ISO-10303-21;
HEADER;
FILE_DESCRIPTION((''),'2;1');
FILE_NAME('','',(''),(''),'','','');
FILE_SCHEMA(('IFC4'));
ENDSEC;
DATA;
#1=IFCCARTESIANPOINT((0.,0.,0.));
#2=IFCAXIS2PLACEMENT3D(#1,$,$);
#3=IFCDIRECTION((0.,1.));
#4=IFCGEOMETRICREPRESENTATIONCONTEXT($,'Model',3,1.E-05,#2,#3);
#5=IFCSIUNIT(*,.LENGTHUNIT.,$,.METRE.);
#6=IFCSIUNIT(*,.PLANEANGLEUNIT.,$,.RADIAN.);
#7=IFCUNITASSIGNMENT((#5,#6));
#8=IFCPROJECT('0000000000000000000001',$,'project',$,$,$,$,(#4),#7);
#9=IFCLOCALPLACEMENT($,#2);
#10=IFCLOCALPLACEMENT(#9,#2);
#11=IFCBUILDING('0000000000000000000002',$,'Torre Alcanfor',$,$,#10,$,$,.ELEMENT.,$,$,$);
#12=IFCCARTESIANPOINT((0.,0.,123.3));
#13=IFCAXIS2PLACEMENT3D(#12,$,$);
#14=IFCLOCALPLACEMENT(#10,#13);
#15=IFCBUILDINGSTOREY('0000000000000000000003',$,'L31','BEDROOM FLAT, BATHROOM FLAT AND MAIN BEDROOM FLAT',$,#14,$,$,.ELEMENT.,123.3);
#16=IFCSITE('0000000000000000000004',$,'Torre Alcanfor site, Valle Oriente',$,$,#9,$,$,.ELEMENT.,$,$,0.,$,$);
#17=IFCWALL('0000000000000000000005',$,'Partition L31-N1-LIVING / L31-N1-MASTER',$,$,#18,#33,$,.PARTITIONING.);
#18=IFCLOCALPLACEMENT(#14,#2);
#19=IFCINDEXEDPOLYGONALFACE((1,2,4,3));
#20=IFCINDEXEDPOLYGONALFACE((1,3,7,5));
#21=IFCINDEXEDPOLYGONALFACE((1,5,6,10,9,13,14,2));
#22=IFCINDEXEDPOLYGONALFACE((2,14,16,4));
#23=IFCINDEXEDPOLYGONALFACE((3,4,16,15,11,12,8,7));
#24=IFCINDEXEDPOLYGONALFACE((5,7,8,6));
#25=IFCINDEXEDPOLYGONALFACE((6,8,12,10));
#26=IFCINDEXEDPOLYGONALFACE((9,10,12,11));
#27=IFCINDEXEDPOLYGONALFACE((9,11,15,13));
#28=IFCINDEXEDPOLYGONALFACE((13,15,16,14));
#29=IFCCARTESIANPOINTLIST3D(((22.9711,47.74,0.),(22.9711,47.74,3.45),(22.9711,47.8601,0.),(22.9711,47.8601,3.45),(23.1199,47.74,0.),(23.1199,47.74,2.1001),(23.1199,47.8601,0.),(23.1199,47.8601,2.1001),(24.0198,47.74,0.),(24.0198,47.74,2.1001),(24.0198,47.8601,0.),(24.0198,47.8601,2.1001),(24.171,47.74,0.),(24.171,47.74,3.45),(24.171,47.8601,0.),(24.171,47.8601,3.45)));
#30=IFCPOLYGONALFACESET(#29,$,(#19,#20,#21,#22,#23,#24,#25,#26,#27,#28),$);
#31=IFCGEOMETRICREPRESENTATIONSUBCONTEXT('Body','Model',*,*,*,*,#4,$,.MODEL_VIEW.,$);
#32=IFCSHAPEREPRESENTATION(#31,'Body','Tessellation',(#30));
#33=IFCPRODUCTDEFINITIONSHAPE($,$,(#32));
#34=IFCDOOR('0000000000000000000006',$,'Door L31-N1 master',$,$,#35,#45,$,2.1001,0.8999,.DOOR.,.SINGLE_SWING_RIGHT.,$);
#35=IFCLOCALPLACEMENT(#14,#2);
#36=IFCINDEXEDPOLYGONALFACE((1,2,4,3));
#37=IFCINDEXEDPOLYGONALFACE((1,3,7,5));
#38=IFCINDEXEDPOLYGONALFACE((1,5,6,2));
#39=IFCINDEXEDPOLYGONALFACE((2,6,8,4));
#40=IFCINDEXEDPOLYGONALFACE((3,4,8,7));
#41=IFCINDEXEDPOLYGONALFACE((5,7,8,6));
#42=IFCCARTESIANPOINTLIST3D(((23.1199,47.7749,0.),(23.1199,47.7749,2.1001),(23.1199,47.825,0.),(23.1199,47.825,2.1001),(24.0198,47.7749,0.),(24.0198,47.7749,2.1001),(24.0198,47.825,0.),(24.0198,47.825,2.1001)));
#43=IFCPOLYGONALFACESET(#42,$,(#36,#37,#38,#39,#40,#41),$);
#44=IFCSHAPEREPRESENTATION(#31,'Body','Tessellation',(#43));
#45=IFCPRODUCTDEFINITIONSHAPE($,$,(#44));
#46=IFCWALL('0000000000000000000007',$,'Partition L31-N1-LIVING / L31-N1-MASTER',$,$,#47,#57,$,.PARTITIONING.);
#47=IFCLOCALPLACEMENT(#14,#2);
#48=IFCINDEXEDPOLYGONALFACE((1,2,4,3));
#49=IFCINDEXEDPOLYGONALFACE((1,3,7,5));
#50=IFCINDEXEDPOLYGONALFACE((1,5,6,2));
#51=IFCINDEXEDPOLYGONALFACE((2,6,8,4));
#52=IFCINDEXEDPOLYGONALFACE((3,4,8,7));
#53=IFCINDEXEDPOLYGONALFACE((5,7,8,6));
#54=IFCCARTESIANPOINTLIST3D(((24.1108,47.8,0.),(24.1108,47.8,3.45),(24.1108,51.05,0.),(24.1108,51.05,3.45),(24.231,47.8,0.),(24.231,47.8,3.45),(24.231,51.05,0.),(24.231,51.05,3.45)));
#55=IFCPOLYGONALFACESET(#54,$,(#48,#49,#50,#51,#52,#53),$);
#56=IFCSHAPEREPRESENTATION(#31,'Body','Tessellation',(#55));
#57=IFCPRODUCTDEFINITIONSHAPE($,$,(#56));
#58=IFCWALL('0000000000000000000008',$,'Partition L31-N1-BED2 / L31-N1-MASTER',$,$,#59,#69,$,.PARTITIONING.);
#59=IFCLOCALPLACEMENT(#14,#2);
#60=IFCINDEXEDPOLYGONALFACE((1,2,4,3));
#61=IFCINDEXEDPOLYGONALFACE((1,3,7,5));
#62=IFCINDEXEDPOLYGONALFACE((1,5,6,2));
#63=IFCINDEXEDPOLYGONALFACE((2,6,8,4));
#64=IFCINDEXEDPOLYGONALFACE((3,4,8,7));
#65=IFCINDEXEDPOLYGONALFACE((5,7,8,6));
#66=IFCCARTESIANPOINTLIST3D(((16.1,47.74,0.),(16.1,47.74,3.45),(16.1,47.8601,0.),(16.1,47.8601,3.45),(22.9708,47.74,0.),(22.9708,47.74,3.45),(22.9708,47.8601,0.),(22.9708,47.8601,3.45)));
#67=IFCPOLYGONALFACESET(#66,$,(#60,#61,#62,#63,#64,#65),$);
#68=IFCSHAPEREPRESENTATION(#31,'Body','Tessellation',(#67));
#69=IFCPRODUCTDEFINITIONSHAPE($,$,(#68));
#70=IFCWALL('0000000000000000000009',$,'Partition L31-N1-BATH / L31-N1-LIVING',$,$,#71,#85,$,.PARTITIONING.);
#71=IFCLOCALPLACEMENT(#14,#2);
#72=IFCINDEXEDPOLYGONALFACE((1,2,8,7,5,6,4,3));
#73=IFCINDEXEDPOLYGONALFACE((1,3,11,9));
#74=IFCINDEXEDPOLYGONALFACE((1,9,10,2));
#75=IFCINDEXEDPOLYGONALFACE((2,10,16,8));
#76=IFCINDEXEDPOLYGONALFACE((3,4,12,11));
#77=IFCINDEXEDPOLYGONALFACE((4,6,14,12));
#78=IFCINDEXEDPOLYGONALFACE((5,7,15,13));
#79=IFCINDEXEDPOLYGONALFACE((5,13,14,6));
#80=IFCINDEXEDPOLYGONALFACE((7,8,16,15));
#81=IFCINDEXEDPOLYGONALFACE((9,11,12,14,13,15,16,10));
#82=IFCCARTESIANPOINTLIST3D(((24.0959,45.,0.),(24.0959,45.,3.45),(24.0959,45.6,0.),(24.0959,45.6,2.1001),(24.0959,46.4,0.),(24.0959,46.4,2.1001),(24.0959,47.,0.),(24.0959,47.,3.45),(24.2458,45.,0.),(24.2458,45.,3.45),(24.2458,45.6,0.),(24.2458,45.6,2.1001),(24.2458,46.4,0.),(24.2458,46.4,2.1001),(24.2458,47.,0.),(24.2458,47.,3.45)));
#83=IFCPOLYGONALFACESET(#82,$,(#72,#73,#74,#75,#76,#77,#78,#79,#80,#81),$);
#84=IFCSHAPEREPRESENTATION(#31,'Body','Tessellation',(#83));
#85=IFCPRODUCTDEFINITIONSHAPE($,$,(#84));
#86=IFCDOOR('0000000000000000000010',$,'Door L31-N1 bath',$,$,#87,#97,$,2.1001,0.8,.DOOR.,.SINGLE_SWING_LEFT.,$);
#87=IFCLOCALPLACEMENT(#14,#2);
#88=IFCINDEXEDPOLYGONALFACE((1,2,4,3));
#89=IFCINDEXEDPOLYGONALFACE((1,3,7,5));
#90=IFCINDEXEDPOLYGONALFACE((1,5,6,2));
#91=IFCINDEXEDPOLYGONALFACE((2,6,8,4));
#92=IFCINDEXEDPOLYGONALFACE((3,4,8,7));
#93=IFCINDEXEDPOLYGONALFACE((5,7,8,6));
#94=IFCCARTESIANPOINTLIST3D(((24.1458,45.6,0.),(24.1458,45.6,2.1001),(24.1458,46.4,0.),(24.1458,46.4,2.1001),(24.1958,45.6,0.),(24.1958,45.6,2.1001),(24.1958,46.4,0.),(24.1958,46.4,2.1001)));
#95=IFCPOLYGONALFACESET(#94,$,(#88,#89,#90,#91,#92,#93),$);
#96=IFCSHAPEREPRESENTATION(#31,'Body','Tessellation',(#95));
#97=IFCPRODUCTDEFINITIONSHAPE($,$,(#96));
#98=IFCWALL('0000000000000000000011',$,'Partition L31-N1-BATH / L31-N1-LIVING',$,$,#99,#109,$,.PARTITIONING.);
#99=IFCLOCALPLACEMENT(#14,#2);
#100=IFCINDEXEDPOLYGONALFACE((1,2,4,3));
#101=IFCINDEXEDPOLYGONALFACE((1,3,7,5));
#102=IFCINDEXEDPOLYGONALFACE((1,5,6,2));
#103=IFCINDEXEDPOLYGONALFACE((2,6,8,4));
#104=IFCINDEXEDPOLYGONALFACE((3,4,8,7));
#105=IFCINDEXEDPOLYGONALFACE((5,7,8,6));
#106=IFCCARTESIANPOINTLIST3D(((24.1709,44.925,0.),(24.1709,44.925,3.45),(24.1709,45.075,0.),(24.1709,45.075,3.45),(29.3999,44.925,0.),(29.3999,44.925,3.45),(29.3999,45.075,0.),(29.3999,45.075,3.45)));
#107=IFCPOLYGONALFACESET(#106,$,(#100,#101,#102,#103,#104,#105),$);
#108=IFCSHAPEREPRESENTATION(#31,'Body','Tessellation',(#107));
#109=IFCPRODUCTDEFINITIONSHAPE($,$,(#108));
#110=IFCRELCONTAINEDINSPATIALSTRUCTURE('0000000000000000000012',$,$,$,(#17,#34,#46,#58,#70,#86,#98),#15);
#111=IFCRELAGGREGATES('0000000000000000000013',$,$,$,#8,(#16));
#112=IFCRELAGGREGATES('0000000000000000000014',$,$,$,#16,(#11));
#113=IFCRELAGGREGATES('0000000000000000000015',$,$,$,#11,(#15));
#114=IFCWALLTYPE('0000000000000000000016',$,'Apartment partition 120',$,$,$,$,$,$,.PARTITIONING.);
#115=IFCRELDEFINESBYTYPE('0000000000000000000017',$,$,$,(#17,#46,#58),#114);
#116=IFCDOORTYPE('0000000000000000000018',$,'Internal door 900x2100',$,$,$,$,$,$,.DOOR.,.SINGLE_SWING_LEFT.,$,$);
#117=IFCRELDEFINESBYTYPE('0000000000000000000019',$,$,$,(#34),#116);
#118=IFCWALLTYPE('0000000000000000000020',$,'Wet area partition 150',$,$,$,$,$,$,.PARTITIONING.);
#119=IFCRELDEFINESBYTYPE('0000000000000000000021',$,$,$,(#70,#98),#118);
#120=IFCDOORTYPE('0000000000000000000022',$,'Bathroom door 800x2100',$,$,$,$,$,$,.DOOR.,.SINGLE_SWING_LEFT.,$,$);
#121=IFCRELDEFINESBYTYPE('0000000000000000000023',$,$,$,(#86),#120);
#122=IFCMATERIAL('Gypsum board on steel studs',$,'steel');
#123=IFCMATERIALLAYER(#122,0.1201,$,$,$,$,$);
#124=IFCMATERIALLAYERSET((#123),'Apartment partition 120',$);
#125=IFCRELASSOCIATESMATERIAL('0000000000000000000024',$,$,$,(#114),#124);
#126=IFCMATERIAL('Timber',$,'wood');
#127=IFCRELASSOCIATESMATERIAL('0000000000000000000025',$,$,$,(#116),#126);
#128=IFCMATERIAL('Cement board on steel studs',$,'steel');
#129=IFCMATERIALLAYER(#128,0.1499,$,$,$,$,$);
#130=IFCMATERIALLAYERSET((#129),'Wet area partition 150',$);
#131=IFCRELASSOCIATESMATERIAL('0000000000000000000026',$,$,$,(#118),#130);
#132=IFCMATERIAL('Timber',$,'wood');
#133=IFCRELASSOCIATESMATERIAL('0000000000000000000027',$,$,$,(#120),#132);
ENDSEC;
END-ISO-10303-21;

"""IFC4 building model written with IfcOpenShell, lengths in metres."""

from ifc_helpers import new_model, si_unit, direction, frame, frame_2d, origin, place, context, subcontext, project, spatial, rectangle, extrude, material, layer, layer_set, type_object, element, fill, save


model = new_model("IFC4")

# Units and contexts
model_context = context("Model", 3, precision=1e-05, world=origin(), true_north=direction((0.0, 1.0)))
body_context = subcontext(model_context, "Body", "Model", "MODEL_VIEW")
ifc_project = project(units=[si_unit("LENGTHUNIT", "METRE"), si_unit("PLANEANGLEUNIT", "RADIAN")], contexts=[model_context])

# Site, building, storey
site_placement = place(None, origin())
site = spatial("IfcSite", under=ifc_project, at=site_placement, Name="Torre Alcanfor site, Valle Oriente", CompositionType="ELEMENT", RefElevation=0.0)
building_placement = place(site_placement, origin())
building = spatial("IfcBuilding", under=site, at=building_placement, Name="Torre Alcanfor", CompositionType="ELEMENT")
storey_placement = place(building_placement, frame((0.0, 0.0, 123.3)))
storey = spatial("IfcBuildingStorey", under=building, at=storey_placement, Name="L31", Description="BEDROOM FLAT, BATHROOM FLAT AND MAIN BEDROOM FLAT", CompositionType="ELEMENT", Elevation=123.3)

# Wall, opening, door
ifc_material_1 = material(Name="Gypsum board on steel studs", Category="steel")
ifc_layer_1 = layer(ifc_material_1, 0.1201)
ifc_layer_set_1 = layer_set([ifc_layer_1], Name="Apartment partition 120")
wall_type_1 = type_object("IfcWallType", Name="Apartment partition 120", PredefinedType="PARTITIONING", material=ifc_layer_set_1)
ifc_material_2 = material(Name="Timber", Category="wood")
door_type_1 = type_object("IfcDoorType", Name="Internal door 900x2100", OperationType="SINGLE_SWING_LEFT", PredefinedType="DOOR", material=ifc_material_2)
wall_1_placement = place(storey_placement, frame((22.9709, 47.8, 0.0), z_axis=(0.0, 0.0, 1.0), x_axis=(1.0, 0.0, 0.0)))
wall_1 = element("IfcWall", 1, at=wall_1_placement, inside=storey, type_object=wall_type_1, Name="Partition L31-N1-LIVING / L31-N1-MASTER", PredefinedType="PARTITIONING", context=body_context, shape_type="SweptSolid", body=[
    extrude(rectangle(XDim=1.2, YDim=0.1201, at=frame_2d((0.6001, 0.0))), origin(), (0.0, 0.0, 1.0), 3.45),
])
opening_1_placement = place(wall_1_placement, frame((0.1489, 0.0, 0.0)))
opening_1 = element("IfcOpeningElement", 2, at=opening_1_placement, cuts=wall_1, PredefinedType="OPENING", context=body_context, shape_type="SweptSolid", body=[
    extrude(rectangle(XDim=0.8999, YDim=2.1001, at=frame_2d((0.45, 1.05))), frame((0.0, 0.0701, 0.0), z_axis=(0.0, -1.0, 0.0), x_axis=(1.0, 0.0, 0.0)), (0.0, 0.0, 1.0), 0.1401),
])
door_1_placement = place(opening_1_placement, origin())
door_1 = element("IfcDoor", 3, at=door_1_placement, inside=storey, type_object=door_type_1, Name="Door L31-N1 master", OperationType="SINGLE_SWING_RIGHT", OverallHeight=2.1001, OverallWidth=0.8999, PredefinedType="DOOR", context=body_context, shape_type="SweptSolid", body=[
    extrude(rectangle(XDim=0.8999, YDim=2.1001, at=frame_2d((0.45, 1.05))), frame((0.0, 0.0249, 0.0), z_axis=(0.0, -1.0, 0.0), x_axis=(1.0, 0.0, 0.0)), (0.0, 0.0, 1.0), 0.05),
])
fill(opening_1, door_1)

# Walls
wall_2_placement = place(storey_placement, frame((24.1709, 47.8, 0.0), z_axis=(0.0, 0.0, 1.0), x_axis=(0.0, 1.0, 0.0)))
element("IfcWall", 4, at=wall_2_placement, inside=storey, type_object=wall_type_1, Name="Partition L31-N1-LIVING / L31-N1-MASTER", PredefinedType="PARTITIONING", context=body_context, shape_type="SweptSolid", body=[
    extrude(rectangle(XDim=3.25, YDim=0.1201, at=frame_2d((1.625, 0.0))), origin(), (0.0, 0.0, 1.0), 3.45),
])
wall_3_placement = place(storey_placement, frame((22.9709, 47.8, 0.0), z_axis=(0.0, 0.0, 1.0), x_axis=(-1.0, 0.0, 0.0)))
element("IfcWall", 5, at=wall_3_placement, inside=storey, type_object=wall_type_1, Name="Partition L31-N1-BED2 / L31-N1-MASTER", PredefinedType="PARTITIONING", context=body_context, shape_type="SweptSolid", body=[
    extrude(rectangle(XDim=6.8708, YDim=0.1201, at=frame_2d((3.4355, 0.0))), origin(), (0.0, 0.0, 1.0), 3.45),
])

# Wall, opening, door
ifc_material_3 = material(Name="Cement board on steel studs", Category="steel")
ifc_layer_2 = layer(ifc_material_3, 0.1499)
ifc_layer_set_2 = layer_set([ifc_layer_2], Name="Wet area partition 150")
wall_type_2 = type_object("IfcWallType", Name="Wet area partition 150", PredefinedType="PARTITIONING", material=ifc_layer_set_2)
wall_4_placement = place(storey_placement, frame((24.1709, 47.0, 0.0), z_axis=(0.0, 0.0, 1.0), x_axis=(0.0, -1.0, 0.0)))
wall_4 = element("IfcWall", 6, at=wall_4_placement, inside=storey, type_object=wall_type_2, Name="Partition L31-N1-BATH / L31-N1-LIVING", PredefinedType="PARTITIONING", context=body_context, shape_type="SweptSolid", body=[
    extrude(rectangle(XDim=2.0, YDim=0.1499, at=frame_2d((1.0, 0.0))), origin(), (0.0, 0.0, 1.0), 3.45),
])
opening_2_placement = place(wall_4_placement, frame((0.6001, 0.0, 0.0)))
opening_2 = element("IfcOpeningElement", 7, at=opening_2_placement, cuts=wall_4, PredefinedType="OPENING", context=body_context, shape_type="SweptSolid", body=[
    extrude(rectangle(XDim=0.8, YDim=2.1001, at=frame_2d((0.3999, 1.05))), frame((0.0, 0.085, 0.0), z_axis=(0.0, -1.0, 0.0), x_axis=(1.0, 0.0, 0.0)), (0.0, 0.0, 1.0), 0.1699),
])
ifc_material_4 = material(Name="Timber", Category="wood")
door_type_2 = type_object("IfcDoorType", Name="Bathroom door 800x2100", OperationType="SINGLE_SWING_LEFT", PredefinedType="DOOR", material=ifc_material_4)
door_2_placement = place(opening_2_placement, origin())
door_2 = element("IfcDoor", 8, at=door_2_placement, inside=storey, type_object=door_type_2, Name="Door L31-N1 bath", OperationType="SINGLE_SWING_LEFT", OverallHeight=2.1001, OverallWidth=0.8, PredefinedType="DOOR", context=body_context, shape_type="SweptSolid", body=[
    extrude(rectangle(XDim=0.8, YDim=2.1001, at=frame_2d((0.3999, 1.05))), frame((0.0, 0.0249, 0.0), z_axis=(0.0, -1.0, 0.0), x_axis=(1.0, 0.0, 0.0)), (0.0, 0.0, 1.0), 0.05),
])
fill(opening_2, door_2)

# Wall
wall_5_placement = place(storey_placement, frame((24.1709, 45.0, 0.0), z_axis=(0.0, 0.0, 1.0), x_axis=(1.0, 0.0, 0.0)))
element("IfcWall", 9, at=wall_5_placement, inside=storey, type_object=wall_type_2, Name="Partition L31-N1-BATH / L31-N1-LIVING", PredefinedType="PARTITIONING", context=body_context, shape_type="SweptSolid", body=[
    extrude(rectangle(XDim=5.229, YDim=0.1499, at=frame_2d((2.6145, 0.0))), origin(), (0.0, 0.0, 1.0), 3.45),
])

save(model, "model.ifc")
